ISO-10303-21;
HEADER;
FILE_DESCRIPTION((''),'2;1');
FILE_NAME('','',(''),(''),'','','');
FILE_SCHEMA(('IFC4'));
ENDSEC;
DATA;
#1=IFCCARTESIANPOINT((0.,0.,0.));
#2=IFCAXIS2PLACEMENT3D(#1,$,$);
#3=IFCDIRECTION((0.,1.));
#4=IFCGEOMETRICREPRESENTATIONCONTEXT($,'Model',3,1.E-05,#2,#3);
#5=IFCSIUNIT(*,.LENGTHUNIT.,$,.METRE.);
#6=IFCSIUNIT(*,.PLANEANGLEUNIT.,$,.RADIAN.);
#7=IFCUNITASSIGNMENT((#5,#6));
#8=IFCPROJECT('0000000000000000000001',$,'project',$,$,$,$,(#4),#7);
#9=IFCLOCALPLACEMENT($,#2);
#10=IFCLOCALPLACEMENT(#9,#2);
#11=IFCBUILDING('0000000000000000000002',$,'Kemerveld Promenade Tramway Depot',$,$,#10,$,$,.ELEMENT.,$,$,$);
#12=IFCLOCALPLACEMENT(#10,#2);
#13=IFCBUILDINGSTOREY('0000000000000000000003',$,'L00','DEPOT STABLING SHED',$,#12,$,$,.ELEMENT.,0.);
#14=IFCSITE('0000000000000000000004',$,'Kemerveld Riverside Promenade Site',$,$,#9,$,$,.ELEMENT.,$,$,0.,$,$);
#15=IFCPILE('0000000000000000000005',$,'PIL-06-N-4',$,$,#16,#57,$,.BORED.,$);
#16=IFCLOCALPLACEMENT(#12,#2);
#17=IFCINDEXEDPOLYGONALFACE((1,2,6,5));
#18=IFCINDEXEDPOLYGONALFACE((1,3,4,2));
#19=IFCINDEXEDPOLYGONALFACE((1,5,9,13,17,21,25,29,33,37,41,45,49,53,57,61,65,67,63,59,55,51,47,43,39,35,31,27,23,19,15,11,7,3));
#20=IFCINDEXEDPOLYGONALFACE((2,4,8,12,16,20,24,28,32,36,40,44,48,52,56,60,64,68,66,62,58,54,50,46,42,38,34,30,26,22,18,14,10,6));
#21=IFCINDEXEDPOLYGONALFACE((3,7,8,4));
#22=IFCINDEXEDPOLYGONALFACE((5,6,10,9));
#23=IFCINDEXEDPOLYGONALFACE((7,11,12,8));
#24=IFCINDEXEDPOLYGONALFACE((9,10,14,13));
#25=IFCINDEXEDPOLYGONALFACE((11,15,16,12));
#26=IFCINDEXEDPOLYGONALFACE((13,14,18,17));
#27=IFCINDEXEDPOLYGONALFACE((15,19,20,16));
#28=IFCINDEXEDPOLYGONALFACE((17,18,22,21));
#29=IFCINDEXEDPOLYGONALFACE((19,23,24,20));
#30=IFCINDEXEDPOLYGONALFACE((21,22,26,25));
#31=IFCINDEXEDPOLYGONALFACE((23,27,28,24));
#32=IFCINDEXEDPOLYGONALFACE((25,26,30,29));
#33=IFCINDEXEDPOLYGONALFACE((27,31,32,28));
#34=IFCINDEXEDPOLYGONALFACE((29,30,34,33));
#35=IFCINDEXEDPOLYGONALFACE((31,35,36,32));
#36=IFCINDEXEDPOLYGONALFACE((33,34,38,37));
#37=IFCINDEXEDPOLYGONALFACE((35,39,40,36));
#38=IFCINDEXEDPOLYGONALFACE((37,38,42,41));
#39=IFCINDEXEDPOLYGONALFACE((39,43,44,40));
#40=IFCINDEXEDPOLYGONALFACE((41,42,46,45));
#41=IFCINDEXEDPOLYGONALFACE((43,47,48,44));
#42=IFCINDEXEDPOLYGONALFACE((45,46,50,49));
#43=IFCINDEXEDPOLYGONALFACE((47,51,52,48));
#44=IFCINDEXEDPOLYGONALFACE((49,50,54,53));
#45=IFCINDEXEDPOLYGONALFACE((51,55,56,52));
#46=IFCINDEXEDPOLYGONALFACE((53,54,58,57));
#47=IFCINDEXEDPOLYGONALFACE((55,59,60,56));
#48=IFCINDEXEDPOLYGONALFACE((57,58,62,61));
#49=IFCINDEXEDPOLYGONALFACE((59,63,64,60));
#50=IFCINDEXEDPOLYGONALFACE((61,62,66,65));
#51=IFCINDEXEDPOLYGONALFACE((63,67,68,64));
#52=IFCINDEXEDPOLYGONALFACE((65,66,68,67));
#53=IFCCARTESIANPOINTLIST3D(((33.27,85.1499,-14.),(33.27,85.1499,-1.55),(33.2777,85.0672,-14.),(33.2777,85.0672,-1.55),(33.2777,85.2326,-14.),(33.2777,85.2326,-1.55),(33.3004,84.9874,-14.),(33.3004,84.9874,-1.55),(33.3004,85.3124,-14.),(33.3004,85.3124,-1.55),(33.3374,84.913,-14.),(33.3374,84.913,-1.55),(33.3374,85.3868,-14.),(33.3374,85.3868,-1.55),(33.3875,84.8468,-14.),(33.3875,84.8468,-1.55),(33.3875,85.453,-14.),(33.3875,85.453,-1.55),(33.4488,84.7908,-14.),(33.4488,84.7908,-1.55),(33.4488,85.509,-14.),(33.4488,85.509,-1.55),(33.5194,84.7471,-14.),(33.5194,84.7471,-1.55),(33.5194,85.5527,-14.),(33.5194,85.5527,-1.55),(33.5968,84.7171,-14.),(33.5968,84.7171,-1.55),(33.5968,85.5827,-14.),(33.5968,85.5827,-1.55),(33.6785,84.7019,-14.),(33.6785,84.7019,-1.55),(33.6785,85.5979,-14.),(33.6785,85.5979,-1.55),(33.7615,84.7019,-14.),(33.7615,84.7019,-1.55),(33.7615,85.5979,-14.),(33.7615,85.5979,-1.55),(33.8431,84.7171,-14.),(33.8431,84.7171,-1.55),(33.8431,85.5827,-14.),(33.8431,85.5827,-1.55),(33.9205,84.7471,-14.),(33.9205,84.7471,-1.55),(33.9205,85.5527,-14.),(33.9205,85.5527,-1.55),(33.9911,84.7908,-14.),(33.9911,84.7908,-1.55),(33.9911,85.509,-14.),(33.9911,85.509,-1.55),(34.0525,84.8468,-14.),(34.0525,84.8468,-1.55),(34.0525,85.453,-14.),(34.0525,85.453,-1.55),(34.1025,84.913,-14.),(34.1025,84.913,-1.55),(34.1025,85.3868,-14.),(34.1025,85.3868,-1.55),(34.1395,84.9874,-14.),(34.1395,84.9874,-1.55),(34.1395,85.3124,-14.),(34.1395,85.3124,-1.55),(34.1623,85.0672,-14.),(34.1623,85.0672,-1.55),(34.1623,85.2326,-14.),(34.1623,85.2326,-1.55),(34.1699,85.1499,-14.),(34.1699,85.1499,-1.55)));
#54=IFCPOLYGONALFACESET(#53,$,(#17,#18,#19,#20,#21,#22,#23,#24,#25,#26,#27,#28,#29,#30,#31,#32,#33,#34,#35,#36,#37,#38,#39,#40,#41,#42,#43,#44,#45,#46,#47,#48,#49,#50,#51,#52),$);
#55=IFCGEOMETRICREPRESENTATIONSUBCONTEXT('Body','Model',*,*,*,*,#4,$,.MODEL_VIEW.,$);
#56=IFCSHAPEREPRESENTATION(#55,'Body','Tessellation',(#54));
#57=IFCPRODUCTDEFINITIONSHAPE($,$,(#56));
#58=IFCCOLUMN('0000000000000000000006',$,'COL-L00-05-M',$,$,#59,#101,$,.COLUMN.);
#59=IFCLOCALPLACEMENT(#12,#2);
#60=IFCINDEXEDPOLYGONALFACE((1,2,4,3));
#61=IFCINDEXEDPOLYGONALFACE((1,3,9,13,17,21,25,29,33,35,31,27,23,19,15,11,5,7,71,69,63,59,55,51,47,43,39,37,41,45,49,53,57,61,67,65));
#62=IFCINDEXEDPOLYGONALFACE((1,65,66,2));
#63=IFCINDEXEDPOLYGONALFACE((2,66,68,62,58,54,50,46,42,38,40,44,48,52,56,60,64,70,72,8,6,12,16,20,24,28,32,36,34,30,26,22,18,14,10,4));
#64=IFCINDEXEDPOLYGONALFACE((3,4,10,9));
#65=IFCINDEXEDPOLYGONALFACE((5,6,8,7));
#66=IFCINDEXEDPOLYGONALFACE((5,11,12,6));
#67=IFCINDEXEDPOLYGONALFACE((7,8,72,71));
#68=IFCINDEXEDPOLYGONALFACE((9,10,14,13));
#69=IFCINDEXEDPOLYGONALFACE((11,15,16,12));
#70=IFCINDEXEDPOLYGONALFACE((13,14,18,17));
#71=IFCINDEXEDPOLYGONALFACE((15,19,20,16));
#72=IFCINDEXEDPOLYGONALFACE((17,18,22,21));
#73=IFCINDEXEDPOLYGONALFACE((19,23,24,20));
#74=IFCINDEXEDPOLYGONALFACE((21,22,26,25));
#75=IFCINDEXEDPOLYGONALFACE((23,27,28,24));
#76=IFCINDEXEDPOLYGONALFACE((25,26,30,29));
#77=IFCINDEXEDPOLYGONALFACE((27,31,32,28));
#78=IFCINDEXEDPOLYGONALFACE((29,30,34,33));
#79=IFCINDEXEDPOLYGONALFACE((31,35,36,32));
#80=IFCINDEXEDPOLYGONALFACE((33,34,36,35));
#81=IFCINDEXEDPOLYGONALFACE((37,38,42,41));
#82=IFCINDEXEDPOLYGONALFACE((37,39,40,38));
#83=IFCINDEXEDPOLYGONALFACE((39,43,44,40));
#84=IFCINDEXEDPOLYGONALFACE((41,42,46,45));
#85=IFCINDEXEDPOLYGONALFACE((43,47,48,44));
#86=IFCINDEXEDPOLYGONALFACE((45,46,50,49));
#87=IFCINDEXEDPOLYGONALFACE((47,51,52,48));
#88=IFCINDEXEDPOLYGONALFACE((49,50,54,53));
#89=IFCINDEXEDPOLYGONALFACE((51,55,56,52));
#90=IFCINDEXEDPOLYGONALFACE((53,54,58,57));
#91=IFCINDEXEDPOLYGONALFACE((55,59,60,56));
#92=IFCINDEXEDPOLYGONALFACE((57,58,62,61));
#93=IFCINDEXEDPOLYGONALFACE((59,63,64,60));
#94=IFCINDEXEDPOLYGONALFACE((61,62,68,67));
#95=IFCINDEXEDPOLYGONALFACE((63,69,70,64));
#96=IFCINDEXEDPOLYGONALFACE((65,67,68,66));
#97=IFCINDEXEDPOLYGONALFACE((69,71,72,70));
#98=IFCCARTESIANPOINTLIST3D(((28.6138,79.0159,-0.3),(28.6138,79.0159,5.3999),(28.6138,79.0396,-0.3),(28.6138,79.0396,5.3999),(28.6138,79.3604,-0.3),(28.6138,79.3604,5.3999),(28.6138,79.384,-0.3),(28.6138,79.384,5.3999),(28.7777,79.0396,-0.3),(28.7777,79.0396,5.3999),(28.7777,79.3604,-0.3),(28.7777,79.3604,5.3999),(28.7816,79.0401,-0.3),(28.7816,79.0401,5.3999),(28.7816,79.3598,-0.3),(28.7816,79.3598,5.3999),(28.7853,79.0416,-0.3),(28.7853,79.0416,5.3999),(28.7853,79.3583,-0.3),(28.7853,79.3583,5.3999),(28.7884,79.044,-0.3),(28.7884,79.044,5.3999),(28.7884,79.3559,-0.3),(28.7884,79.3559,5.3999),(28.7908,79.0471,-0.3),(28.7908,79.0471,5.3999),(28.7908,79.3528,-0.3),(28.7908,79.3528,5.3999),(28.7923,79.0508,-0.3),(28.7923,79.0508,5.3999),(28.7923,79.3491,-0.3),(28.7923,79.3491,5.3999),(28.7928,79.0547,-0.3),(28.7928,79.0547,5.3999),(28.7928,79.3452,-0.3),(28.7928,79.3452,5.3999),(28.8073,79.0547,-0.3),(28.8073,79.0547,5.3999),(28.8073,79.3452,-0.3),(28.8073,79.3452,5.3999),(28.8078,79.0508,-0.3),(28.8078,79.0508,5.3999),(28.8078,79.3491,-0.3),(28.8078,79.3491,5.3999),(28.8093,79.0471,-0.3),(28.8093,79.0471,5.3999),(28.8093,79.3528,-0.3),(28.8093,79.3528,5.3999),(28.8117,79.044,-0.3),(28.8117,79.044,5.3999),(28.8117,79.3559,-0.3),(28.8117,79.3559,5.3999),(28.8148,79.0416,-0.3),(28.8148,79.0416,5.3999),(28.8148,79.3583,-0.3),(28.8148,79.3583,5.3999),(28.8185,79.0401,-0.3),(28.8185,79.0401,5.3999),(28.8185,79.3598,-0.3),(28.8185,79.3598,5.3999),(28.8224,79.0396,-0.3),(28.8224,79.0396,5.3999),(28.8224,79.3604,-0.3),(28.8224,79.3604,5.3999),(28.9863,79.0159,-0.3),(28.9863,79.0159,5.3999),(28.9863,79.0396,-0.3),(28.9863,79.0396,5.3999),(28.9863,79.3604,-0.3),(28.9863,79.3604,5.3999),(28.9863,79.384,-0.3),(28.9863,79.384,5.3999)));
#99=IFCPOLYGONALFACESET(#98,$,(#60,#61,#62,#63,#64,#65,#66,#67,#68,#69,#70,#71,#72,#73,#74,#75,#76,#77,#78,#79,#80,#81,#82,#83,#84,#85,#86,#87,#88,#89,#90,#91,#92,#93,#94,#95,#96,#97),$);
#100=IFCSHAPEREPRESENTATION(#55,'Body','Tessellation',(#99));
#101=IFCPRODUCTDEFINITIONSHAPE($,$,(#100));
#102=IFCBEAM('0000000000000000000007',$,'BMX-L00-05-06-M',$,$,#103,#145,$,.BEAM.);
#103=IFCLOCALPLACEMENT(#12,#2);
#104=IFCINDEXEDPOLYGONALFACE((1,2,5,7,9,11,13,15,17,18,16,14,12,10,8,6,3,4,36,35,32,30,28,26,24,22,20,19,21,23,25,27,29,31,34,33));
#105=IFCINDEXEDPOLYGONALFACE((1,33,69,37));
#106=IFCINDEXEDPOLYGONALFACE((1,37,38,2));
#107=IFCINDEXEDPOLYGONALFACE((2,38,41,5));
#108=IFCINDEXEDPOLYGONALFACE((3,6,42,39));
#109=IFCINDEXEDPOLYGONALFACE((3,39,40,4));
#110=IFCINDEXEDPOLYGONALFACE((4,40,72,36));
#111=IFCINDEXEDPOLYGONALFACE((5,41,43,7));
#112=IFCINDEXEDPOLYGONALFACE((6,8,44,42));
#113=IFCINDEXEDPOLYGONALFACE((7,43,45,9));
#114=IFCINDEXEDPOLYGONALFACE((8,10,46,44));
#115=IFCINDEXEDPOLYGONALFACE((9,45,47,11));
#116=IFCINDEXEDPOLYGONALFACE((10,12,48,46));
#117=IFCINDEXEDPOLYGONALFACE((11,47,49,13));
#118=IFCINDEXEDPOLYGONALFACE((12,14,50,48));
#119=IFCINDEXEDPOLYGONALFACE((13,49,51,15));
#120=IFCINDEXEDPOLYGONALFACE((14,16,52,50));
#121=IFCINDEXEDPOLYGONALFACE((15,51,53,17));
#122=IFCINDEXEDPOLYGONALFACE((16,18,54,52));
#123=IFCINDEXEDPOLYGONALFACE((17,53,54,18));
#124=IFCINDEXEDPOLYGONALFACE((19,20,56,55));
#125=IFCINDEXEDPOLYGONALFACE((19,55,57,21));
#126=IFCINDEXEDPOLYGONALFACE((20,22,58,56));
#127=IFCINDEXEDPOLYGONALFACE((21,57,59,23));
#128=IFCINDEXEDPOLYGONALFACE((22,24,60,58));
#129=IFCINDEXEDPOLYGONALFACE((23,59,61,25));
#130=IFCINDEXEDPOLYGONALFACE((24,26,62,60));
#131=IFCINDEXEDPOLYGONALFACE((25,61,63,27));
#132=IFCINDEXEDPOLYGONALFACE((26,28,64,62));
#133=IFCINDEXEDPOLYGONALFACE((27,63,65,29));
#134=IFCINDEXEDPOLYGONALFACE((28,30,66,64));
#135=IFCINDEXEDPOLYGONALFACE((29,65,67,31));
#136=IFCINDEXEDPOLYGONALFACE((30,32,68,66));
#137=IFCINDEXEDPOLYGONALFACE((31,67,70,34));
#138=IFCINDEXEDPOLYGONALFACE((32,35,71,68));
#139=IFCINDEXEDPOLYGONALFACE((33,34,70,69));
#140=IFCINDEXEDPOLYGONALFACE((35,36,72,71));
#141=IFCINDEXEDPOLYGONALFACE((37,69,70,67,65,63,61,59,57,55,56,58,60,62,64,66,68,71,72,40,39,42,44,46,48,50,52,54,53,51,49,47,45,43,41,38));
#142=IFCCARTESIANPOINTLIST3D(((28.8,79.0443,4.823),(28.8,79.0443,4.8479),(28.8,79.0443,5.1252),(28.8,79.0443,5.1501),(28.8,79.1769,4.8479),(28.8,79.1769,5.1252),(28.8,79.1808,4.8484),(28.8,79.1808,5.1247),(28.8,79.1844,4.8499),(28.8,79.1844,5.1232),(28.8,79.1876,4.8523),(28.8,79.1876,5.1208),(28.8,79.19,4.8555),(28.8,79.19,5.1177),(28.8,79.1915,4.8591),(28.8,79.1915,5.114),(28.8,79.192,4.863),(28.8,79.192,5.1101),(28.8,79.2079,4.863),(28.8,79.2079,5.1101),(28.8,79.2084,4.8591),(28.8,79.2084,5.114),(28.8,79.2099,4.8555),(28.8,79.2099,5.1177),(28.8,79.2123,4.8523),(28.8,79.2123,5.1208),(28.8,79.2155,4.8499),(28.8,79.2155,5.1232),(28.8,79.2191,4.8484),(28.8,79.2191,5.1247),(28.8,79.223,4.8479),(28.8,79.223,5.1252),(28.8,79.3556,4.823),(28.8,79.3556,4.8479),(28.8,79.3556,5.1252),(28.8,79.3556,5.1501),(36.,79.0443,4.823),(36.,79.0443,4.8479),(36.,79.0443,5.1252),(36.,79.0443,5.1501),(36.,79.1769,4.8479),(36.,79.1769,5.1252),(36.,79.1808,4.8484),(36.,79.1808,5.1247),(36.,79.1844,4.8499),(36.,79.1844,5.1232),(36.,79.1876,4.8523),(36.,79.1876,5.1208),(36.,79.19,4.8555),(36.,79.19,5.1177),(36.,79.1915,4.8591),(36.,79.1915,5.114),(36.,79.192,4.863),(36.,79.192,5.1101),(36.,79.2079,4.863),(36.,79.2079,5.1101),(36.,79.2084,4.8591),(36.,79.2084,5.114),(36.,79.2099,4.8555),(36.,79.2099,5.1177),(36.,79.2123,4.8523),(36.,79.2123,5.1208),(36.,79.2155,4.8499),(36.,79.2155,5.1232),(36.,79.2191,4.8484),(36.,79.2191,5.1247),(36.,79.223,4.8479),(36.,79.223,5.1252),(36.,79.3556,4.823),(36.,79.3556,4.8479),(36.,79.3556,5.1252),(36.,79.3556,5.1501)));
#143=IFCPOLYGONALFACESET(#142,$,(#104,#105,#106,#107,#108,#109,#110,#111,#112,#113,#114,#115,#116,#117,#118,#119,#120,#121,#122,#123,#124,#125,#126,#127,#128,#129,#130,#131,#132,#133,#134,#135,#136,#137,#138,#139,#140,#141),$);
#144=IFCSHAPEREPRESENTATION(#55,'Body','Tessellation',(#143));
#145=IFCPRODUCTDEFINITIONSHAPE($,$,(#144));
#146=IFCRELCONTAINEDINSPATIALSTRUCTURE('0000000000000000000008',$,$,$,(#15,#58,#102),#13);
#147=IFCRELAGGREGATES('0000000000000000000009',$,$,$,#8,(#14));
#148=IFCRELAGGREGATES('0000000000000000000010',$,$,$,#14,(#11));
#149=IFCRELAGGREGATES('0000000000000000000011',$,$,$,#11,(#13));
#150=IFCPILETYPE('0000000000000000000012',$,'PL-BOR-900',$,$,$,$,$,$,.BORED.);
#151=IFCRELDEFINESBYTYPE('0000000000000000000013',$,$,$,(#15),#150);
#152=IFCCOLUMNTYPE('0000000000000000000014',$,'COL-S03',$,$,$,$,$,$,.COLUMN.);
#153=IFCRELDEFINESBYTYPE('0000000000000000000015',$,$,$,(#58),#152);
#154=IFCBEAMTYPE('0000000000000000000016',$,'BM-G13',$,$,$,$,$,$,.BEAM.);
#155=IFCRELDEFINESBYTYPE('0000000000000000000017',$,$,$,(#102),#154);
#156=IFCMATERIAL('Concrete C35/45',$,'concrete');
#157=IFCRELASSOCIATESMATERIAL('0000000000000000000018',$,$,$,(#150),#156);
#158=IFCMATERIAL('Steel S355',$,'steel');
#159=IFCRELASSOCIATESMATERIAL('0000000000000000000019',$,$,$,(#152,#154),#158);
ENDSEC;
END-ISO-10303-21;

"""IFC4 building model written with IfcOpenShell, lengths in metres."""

from ifc_helpers import new_model, si_unit, direction, frame, origin, origin_2d, place, context, subcontext, project, spatial, circle, i_section, extrude, material, material_profile, profile_set, type_object, element, save


model = new_model("IFC4")

# Units and contexts
model_context = context("Model", 3, precision=1e-05, world=origin(), true_north=direction((0.0, 1.0)))
body_context = subcontext(model_context, "Body", "Model", "MODEL_VIEW")
ifc_project = project(units=[si_unit("LENGTHUNIT", "METRE"), si_unit("PLANEANGLEUNIT", "RADIAN")], contexts=[model_context])

# Site, building, storey
site_placement = place(None, origin())
site = spatial("IfcSite", under=ifc_project, at=site_placement, Name="Kemerveld Riverside Promenade Site", CompositionType="ELEMENT", RefElevation=0.0)
building_placement = place(site_placement, origin())
building = spatial("IfcBuilding", under=site, at=building_placement, Name="Kemerveld Promenade Tramway Depot", CompositionType="ELEMENT")
storey_placement = place(building_placement, origin())
storey = spatial("IfcBuildingStorey", under=building, at=storey_placement, Name="L00", Description="DEPOT STABLING SHED", CompositionType="ELEMENT", Elevation=0.0)

# Shared definitions
ifc_material_1 = material(Name="Concrete C35/45", Category="concrete")

# Pile
ifc_material_profile_1 = material_profile(ifc_material_1, circle(Radius=0.45, at=origin_2d()), Name="PILE-D900")
ifc_profile_set_1 = profile_set([ifc_material_profile_1], Name="Concrete C35/45")
pile_type_1 = type_object("IfcPileType", Name="PL-BOR-900", PredefinedType="BORED", material=ifc_profile_set_1)
for number, where, z_axis, x_axis, name in (
    (1, (33.72, 85.1499, -1.55), (0.0, 0.0, -1.0), (1.0, 0.0, 0.0), "PIL-06-N-4"),
):
    element("IfcPile", number, at=place(storey_placement, frame(where, z_axis=z_axis, x_axis=x_axis)), inside=storey, type_object=pile_type_1, Name=name, PredefinedType="BORED", context=body_context, shape_type="SweptSolid", body=[
        extrude(circle(Radius=0.45, at=origin_2d()), origin(), (0.0, 0.0, 1.0), 12.45),
    ])

# Column
ifc_material_2 = material(Name="Steel S355", Category="steel")
ifc_material_profile_2 = material_profile(ifc_material_2, i_section(OverallWidth=0.3726, OverallDepth=0.3682, WebThickness=0.0144, FlangeThickness=0.0237, FilletRadius=0.0151, at=origin_2d()), Name="356x368x177 UC")
ifc_profile_set_2 = profile_set([ifc_material_profile_2], Name="Steel S355")
column_type = type_object("IfcColumnType", Name="COL-S03", PredefinedType="COLUMN", material=ifc_profile_set_2)
column_placement = place(storey_placement, frame((28.8, 79.2, -0.3), z_axis=(0.0, 0.0, 1.0), x_axis=(1.0, 0.0, 0.0)))
element("IfcColumn", 2, at=column_placement, inside=storey, type_object=column_type, Name="COL-L00-05-M", PredefinedType="COLUMN", context=body_context, shape_type="SweptSolid", body=[
    extrude(i_section(OverallWidth=0.3726, OverallDepth=0.3682, WebThickness=0.0144, FlangeThickness=0.0237, FilletRadius=0.0151, at=origin_2d()), origin(), (0.0, 0.0, 1.0), 5.7),
])

# Beam
ifc_material_profile_3 = material_profile(ifc_material_2, i_section(OverallWidth=0.3113, OverallDepth=0.3271, WebThickness=0.0159, FlangeThickness=0.0249, FilletRadius=0.0151, at=origin_2d()), Name="305x305x158 UC")
ifc_profile_set_3 = profile_set([ifc_material_profile_3], Name="Steel S355")
beam_type = type_object("IfcBeamType", Name="BM-G13", PredefinedType="BEAM", material=ifc_profile_set_3)
beam_placement = place(storey_placement, frame((28.8, 79.2, 4.9866), z_axis=(1.0, 0.0, 0.0), x_axis=(0.0, 1.0, 0.0)))
element("IfcBeam", 3, at=beam_placement, inside=storey, type_object=beam_type, Name="BMX-L00-05-06-M", PredefinedType="BEAM", context=body_context, shape_type="SweptSolid", body=[
    extrude(i_section(OverallWidth=0.3113, OverallDepth=0.3271, WebThickness=0.0159, FlangeThickness=0.0249, FilletRadius=0.0151, at=origin_2d()), origin(), (0.0, 0.0, 1.0), 7.2),
])

save(model, "model.ifc")
